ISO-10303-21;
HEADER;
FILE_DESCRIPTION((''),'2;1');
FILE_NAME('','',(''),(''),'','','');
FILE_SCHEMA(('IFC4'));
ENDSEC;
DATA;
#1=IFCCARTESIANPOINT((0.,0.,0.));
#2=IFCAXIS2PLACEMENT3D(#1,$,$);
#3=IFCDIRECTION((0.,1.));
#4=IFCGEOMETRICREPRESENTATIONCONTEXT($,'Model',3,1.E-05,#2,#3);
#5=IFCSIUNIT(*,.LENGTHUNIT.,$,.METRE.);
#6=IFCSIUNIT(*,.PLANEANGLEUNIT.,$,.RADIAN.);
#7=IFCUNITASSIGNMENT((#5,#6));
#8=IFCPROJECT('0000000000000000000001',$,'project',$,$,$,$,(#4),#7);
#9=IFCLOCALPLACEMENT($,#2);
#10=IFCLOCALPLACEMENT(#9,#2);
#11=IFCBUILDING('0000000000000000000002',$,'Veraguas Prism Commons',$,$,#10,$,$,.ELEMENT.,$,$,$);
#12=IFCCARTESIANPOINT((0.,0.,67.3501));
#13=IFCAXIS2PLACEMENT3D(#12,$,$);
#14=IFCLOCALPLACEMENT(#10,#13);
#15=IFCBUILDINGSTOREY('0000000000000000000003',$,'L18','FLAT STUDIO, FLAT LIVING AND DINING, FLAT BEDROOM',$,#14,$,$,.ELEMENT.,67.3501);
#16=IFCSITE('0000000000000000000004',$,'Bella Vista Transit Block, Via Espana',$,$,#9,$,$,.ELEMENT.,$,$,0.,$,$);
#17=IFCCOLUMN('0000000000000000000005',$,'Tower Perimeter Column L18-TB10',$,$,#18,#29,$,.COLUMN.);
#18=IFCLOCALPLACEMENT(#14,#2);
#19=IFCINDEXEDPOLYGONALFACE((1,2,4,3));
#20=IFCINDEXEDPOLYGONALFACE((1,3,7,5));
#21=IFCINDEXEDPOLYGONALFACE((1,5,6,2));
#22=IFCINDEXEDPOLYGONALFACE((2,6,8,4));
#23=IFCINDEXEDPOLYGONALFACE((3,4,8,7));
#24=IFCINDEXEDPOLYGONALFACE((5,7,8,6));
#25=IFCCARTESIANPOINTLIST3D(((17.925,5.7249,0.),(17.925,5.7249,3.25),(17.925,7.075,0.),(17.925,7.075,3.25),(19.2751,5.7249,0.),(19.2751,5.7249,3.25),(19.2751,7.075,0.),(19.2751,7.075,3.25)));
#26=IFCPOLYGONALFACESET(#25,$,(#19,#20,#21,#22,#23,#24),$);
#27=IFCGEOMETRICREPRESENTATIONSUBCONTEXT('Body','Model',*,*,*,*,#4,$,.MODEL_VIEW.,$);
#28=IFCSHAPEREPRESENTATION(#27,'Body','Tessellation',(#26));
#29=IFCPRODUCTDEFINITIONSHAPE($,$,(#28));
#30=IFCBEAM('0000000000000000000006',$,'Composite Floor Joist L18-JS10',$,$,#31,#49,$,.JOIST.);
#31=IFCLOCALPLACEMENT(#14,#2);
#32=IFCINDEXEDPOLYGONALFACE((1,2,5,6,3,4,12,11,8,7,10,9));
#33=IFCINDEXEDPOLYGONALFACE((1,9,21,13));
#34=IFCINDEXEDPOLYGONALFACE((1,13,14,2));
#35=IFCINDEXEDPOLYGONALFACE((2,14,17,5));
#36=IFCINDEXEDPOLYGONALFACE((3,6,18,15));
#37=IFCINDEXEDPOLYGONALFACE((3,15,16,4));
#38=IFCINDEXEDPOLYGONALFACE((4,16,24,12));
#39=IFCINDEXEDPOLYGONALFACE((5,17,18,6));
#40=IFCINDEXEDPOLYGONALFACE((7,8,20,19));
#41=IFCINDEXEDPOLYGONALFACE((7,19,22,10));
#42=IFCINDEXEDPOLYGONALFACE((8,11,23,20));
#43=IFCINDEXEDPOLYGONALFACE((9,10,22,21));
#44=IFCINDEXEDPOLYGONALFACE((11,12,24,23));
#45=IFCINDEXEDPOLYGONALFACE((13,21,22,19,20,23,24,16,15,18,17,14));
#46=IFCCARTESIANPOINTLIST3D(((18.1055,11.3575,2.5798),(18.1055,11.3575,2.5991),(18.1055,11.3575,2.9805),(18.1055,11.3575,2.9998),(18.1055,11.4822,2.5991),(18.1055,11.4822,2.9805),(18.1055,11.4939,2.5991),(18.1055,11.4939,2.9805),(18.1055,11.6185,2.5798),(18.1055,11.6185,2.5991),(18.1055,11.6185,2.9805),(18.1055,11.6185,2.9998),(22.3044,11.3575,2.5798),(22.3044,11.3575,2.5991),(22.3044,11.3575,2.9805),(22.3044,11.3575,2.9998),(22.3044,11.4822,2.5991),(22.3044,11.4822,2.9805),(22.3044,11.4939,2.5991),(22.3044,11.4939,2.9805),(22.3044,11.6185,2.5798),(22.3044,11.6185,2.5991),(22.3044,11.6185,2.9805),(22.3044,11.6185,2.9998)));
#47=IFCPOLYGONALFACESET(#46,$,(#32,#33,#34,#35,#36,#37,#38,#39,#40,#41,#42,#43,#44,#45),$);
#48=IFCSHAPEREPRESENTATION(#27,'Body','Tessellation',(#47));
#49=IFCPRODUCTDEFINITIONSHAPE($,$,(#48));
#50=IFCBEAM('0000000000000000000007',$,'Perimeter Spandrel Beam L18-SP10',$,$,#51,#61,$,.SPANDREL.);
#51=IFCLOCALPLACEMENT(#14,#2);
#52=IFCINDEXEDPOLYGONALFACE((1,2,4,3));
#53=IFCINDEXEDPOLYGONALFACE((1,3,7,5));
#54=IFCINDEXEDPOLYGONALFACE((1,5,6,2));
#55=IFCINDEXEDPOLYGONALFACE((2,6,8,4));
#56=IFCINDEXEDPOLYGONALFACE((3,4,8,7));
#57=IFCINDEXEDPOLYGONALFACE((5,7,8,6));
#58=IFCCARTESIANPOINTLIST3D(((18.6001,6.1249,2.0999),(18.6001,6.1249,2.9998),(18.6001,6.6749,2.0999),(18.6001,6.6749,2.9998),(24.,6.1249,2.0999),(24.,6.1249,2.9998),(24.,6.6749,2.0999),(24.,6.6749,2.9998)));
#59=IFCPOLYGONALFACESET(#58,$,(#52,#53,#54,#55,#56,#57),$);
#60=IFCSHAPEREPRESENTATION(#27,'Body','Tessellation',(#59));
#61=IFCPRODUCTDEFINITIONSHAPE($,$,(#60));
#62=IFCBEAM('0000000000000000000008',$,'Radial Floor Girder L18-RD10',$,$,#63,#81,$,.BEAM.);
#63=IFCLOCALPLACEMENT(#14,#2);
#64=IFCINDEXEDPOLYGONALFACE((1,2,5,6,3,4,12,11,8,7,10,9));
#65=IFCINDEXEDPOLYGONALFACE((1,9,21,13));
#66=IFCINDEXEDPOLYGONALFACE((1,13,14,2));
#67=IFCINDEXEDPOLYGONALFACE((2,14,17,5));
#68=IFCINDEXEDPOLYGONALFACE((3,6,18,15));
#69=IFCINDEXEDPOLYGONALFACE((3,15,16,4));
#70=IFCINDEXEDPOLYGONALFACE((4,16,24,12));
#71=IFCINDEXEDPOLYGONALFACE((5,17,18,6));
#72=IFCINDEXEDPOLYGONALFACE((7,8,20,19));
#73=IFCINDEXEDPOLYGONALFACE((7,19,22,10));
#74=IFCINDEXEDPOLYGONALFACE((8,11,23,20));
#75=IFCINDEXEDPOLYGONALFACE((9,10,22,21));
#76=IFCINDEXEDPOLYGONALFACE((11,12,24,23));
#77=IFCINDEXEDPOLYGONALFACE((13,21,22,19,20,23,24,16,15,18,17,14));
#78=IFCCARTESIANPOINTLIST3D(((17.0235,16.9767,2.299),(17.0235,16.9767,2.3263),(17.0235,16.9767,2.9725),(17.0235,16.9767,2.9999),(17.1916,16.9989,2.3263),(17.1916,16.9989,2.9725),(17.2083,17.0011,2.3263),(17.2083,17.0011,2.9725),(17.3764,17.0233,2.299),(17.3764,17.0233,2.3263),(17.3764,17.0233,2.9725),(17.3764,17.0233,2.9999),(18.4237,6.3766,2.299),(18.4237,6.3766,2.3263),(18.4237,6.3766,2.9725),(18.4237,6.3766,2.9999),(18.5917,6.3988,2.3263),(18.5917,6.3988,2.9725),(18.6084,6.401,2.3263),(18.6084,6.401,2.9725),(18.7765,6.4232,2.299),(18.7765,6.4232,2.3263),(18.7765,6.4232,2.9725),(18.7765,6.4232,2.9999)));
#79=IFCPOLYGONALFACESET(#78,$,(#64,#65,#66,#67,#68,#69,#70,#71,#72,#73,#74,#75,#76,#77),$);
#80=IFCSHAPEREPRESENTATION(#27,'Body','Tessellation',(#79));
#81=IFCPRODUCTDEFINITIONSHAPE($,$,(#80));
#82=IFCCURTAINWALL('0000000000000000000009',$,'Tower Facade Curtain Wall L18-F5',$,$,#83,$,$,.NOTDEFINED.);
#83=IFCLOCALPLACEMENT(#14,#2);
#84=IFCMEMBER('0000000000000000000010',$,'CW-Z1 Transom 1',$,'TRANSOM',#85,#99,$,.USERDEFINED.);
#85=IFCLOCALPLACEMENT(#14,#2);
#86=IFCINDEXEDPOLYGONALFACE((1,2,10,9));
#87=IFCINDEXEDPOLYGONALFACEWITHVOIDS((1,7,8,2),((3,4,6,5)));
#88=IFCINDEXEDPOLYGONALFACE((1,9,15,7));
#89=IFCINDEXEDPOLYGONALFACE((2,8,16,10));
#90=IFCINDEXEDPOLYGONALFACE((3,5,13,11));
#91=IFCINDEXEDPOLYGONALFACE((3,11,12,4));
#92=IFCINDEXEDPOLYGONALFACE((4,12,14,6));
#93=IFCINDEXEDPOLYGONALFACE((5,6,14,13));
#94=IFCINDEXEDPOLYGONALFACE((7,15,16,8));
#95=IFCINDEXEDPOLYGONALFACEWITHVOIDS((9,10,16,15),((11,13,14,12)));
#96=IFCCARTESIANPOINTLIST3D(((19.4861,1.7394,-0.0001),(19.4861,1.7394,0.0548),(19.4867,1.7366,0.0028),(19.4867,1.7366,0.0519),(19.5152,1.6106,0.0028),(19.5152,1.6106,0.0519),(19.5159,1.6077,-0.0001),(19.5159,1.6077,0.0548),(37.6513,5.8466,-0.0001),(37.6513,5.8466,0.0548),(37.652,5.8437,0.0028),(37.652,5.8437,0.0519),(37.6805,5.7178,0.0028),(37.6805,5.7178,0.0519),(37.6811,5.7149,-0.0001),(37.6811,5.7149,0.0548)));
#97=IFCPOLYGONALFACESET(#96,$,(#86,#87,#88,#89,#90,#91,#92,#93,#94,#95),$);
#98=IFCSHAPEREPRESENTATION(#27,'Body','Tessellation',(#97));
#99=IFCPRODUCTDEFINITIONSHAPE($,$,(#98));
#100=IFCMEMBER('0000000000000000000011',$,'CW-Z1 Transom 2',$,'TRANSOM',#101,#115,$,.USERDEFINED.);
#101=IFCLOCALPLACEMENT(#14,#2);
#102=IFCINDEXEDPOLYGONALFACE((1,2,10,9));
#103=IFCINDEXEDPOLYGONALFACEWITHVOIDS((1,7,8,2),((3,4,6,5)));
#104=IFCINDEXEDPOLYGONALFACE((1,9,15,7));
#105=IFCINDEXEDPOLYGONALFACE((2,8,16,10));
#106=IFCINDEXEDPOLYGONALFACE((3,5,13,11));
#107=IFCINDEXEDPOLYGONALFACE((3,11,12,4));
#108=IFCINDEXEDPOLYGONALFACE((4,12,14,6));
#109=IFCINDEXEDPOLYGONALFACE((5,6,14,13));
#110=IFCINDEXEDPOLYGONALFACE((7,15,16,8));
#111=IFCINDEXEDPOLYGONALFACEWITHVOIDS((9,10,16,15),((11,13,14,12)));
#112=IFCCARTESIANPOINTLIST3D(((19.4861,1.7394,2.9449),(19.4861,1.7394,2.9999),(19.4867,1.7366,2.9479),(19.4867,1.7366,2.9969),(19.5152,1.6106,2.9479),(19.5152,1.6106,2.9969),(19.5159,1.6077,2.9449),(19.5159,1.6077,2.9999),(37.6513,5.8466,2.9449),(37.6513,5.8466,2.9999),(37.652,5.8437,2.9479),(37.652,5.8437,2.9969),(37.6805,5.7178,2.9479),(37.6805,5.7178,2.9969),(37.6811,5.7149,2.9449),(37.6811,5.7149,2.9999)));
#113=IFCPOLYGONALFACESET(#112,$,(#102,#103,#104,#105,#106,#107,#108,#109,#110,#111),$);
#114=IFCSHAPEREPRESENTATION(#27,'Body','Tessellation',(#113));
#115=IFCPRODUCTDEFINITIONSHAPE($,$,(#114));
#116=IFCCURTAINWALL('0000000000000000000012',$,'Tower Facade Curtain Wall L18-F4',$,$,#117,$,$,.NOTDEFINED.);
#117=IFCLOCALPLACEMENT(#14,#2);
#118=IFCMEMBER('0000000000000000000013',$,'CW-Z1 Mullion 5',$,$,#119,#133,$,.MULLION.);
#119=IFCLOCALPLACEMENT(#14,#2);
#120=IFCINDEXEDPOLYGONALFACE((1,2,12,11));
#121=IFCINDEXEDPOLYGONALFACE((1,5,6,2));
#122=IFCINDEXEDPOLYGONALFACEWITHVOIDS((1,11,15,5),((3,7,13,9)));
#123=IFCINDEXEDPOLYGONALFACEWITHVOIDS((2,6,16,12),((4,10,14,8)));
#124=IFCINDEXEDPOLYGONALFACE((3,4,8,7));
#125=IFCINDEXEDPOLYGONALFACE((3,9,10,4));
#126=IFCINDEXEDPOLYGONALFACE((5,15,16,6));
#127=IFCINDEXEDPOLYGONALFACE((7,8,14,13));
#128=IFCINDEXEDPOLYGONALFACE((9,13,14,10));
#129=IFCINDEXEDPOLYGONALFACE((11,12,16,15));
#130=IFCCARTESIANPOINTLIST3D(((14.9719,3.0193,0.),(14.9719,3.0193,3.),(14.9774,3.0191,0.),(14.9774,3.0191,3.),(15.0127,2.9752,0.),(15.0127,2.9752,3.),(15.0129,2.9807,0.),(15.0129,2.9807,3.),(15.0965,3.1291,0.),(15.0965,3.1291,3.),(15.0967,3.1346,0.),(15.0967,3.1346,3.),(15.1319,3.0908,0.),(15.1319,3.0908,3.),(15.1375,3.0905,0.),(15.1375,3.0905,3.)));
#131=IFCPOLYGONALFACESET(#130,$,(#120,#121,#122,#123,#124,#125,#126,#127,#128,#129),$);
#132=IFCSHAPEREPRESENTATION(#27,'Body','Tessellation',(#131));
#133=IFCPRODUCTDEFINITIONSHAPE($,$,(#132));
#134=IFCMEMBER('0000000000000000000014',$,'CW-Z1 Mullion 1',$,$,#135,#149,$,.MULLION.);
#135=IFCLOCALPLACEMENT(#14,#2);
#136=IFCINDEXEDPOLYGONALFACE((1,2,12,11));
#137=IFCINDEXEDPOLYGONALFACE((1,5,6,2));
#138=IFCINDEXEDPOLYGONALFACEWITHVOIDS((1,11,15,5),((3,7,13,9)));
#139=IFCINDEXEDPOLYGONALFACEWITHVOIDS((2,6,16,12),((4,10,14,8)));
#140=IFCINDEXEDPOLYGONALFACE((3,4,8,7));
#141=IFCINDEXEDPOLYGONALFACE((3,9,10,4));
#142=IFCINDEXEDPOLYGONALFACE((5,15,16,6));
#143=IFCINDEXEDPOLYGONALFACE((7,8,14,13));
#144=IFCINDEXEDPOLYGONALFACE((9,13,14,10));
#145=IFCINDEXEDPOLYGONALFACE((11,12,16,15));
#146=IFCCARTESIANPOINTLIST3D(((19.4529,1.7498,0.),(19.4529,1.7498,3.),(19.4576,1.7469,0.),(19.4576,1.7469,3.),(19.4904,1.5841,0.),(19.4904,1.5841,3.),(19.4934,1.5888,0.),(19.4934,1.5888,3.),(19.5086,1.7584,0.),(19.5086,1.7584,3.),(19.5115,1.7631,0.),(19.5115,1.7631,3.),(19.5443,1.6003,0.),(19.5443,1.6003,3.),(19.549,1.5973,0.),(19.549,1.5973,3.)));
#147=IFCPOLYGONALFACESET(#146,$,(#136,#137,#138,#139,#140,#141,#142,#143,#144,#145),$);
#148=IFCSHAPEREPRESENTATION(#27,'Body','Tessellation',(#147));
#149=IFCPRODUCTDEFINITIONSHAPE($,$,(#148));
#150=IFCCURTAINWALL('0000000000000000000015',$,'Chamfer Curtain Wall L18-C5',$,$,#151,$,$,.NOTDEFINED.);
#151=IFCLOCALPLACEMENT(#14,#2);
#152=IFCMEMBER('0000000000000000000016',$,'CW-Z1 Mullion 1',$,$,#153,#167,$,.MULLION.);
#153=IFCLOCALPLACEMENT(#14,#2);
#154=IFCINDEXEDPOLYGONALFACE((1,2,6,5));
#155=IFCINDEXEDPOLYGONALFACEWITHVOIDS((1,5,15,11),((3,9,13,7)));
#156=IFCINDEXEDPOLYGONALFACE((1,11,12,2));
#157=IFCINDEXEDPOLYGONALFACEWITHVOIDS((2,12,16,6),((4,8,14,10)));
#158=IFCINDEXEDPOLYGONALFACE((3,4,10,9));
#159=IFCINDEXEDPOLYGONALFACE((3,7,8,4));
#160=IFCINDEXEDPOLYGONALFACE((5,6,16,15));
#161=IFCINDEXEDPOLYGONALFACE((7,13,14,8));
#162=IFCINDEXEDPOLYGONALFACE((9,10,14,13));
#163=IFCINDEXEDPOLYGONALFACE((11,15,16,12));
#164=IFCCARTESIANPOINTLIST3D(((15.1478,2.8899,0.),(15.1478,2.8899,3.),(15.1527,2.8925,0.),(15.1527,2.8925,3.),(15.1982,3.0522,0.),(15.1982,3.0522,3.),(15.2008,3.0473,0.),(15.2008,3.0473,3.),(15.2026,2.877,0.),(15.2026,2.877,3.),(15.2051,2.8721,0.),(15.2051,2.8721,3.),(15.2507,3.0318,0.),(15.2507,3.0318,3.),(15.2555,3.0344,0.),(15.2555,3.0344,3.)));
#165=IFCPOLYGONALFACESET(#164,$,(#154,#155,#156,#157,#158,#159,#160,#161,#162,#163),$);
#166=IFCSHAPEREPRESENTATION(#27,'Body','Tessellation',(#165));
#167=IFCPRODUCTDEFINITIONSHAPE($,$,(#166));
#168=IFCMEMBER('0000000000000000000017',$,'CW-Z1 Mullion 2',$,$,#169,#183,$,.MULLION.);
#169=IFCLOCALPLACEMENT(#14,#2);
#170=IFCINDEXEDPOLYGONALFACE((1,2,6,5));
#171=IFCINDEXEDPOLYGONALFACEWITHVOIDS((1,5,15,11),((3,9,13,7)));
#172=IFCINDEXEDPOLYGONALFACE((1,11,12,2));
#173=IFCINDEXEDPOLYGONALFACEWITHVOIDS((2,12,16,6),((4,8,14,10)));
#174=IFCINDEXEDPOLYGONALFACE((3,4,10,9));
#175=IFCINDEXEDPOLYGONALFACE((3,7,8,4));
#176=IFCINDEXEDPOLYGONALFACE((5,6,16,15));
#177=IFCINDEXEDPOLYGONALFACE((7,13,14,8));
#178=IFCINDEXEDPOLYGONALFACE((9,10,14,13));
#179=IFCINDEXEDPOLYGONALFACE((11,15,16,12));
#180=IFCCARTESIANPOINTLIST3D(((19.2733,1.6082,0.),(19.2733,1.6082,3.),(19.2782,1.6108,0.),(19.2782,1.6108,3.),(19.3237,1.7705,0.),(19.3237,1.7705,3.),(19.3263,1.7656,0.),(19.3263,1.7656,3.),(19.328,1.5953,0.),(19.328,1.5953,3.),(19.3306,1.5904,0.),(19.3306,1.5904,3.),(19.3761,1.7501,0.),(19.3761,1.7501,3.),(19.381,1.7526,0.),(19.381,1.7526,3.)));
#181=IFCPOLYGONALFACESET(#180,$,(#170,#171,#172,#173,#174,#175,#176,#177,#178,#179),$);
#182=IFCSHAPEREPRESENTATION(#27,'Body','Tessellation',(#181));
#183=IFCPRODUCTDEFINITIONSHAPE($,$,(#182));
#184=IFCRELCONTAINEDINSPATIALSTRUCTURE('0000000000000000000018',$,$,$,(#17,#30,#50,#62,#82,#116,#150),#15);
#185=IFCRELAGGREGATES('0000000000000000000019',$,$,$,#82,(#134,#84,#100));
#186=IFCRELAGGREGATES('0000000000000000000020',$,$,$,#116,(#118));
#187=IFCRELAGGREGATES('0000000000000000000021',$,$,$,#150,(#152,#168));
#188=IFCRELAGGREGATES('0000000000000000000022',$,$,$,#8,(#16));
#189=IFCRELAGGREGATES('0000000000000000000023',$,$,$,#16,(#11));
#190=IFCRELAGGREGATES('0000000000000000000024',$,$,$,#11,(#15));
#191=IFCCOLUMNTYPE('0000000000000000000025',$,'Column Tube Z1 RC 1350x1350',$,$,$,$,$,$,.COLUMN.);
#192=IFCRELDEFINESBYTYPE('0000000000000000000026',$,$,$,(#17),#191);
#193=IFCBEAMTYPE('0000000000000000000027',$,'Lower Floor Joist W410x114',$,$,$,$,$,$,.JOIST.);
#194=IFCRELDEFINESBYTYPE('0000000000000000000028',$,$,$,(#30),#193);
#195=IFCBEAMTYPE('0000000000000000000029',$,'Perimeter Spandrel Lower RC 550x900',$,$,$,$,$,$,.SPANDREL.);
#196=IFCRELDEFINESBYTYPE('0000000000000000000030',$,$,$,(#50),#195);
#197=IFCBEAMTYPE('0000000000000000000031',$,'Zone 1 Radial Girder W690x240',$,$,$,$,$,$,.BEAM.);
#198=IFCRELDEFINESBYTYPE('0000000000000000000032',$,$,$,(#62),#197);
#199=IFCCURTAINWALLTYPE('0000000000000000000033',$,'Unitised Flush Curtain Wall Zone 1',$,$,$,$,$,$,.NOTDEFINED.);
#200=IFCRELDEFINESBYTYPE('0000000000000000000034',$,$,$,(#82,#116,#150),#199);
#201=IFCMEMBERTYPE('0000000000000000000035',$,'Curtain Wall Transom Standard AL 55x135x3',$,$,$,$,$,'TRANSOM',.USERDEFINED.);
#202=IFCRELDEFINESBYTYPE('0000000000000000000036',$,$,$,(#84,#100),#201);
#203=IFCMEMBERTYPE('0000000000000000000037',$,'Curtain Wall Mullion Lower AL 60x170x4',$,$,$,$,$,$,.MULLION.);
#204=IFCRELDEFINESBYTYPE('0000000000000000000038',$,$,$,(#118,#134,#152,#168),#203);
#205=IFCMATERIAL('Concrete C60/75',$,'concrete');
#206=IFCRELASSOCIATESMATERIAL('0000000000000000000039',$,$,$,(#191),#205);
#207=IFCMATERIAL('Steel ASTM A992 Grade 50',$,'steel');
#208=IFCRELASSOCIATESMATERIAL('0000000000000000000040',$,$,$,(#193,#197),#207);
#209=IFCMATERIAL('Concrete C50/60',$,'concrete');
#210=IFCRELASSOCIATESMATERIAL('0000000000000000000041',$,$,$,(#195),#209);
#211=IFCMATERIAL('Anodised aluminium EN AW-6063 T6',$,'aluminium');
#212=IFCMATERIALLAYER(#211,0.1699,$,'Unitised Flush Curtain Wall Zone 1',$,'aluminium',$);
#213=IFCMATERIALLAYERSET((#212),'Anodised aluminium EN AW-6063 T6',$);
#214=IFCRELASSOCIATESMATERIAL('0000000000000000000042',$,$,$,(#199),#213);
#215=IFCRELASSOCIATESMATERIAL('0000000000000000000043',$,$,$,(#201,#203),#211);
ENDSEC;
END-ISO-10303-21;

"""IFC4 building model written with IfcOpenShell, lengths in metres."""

from ifc_helpers import new_model, si_unit, direction, frame, origin, origin_2d, place, context, subcontext, project, spatial, rectangle, hollow_rectangle, i_section, extrude, source, transform, mapped, material, layer, layer_set, material_profile, profile_set, type_object, element, aggregate, save


model = new_model("IFC4")

# Units and contexts
model_context = context("Model", 3, precision=1e-05, world=origin(), true_north=direction((0.0, 1.0)))
body_context = subcontext(model_context, "Body", "Model", "MODEL_VIEW")
ifc_project = project(units=[si_unit("LENGTHUNIT", "METRE"), si_unit("PLANEANGLEUNIT", "RADIAN")], contexts=[model_context])

# Site, building, storey
site_placement = place(None, origin())
site = spatial("IfcSite", under=ifc_project, at=site_placement, Name="Bella Vista Transit Block, Via Espana", CompositionType="ELEMENT", RefElevation=0.0)
building_placement = place(site_placement, origin())
building = spatial("IfcBuilding", under=site, at=building_placement, Name="Veraguas Prism Commons", CompositionType="ELEMENT")
storey_placement = place(building_placement, frame((0.0, 0.0, 67.3501)))
storey = spatial("IfcBuildingStorey", under=building, at=storey_placement, Name="L18", Description="FLAT STUDIO, FLAT LIVING AND DINING, FLAT BEDROOM", CompositionType="ELEMENT", Elevation=67.3501)

# Column
ifc_material_1 = material(Name="Concrete C60/75", Category="concrete")
ifc_material_profile_1 = material_profile(ifc_material_1, rectangle(XDim=1.3501, YDim=1.3501, at=origin_2d()), Name="RC1350X1350")
ifc_profile_set_1 = profile_set([ifc_material_profile_1], Name="Concrete C60/75")
column_type = type_object("IfcColumnType", Name="Column Tube Z1 RC 1350x1350", PredefinedType="COLUMN", material=ifc_profile_set_1)
column_placement = place(storey_placement, frame((18.6001, 6.3999, 0.0), z_axis=(0.0, 0.0, 1.0), x_axis=(1.0, 0.0, 0.0)))
element("IfcColumn", 1, at=column_placement, inside=storey, type_object=column_type, Name="Tower Perimeter Column L18-TB10", PredefinedType="COLUMN", context=body_context, shape_type="SweptSolid", body=[
    extrude(rectangle(XDim=1.3501, YDim=1.3501, at=origin_2d()), origin(), (0.0, 0.0, 1.0), 3.25),
])

# Beams
ifc_material_2 = material(Name="Steel ASTM A992 Grade 50", Category="steel")
ifc_material_profile_2 = material_profile(ifc_material_2, i_section(OverallWidth=0.261, OverallDepth=0.4199, WebThickness=0.0117, FlangeThickness=0.0193, at=origin_2d()), Name="W410X114")
ifc_profile_set_2 = profile_set([ifc_material_profile_2], Name="Steel ASTM A992 Grade 50")
beam_type_1 = type_object("IfcBeamType", Name="Lower Floor Joist W410x114", PredefinedType="JOIST", material=ifc_profile_set_2)
beam_1_placement = place(storey_placement, frame((18.1055, 11.488, 2.7898), z_axis=(1.0, 0.0, 0.0), x_axis=(0.0, 1.0, 0.0)))
element("IfcBeam", 2, at=beam_1_placement, inside=storey, type_object=beam_type_1, Name="Composite Floor Joist L18-JS10", PredefinedType="JOIST", context=body_context, shape_type="SweptSolid", body=[
    extrude(i_section(OverallWidth=0.261, OverallDepth=0.4199, WebThickness=0.0117, FlangeThickness=0.0193, at=origin_2d()), origin(), (0.0, 0.0, 1.0), 4.199),
])
ifc_material_3 = material(Name="Concrete C50/60", Category="concrete")
ifc_material_profile_3 = material_profile(ifc_material_3, rectangle(XDim=0.55, YDim=0.8999, at=origin_2d()), Name="RC550X900")
ifc_profile_set_3 = profile_set([ifc_material_profile_3], Name="Concrete C50/60")
beam_type_2 = type_object("IfcBeamType", Name="Perimeter Spandrel Lower RC 550x900", PredefinedType="SPANDREL", material=ifc_profile_set_3)
beam_2_placement = place(storey_placement, frame((18.6001, 6.3999, 2.5498), z_axis=(1.0, 0.0, 0.0), x_axis=(0.0, 1.0, 0.0)))
element("IfcBeam", 3, at=beam_2_placement, inside=storey, type_object=beam_type_2, Name="Perimeter Spandrel Beam L18-SP10", PredefinedType="SPANDREL", context=body_context, shape_type="SweptSolid", body=[
    extrude(rectangle(XDim=0.55, YDim=0.8999, at=origin_2d()), origin(), (0.0, 0.0, 1.0), 5.3999),
])
ifc_material_profile_4 = material_profile(ifc_material_2, i_section(OverallWidth=0.356, OverallDepth=0.7009, WebThickness=0.0168, FlangeThickness=0.0273, at=origin_2d()), Name="W690X240")
ifc_profile_set_4 = profile_set([ifc_material_profile_4], Name="Steel ASTM A992 Grade 50")
beam_type_3 = type_object("IfcBeamType", Name="Zone 1 Radial Girder W690x240", PredefinedType="BEAM", material=ifc_profile_set_4)
beam_3_placement = place(storey_placement, frame((18.6001, 6.3999, 2.6494), z_axis=(-0.130951, 0.991389, 0.0), x_axis=(-0.991389, -0.130951, 0.0)))
element("IfcBeam", 4, at=beam_3_placement, inside=storey, type_object=beam_type_3, Name="Radial Floor Girder L18-RD10", PredefinedType="BEAM", context=body_context, shape_type="SweptSolid", body=[
    extrude(i_section(OverallWidth=0.356, OverallDepth=0.7009, WebThickness=0.0168, FlangeThickness=0.0273, at=origin_2d()), origin(), (0.0, 0.0, 1.0), 10.6921),
])

# Curtain wall, members
ifc_material_4 = material(Name="Anodised aluminium EN AW-6063 T6", Category="aluminium")
ifc_layer_1 = layer(ifc_material_4, 0.1699, Name="Unitised Flush Curtain Wall Zone 1", Category="aluminium")
ifc_layer_set_1 = layer_set([ifc_layer_1], Name="Anodised aluminium EN AW-6063 T6")
curtain_wall_type = type_object("IfcCurtainWallType", Name="Unitised Flush Curtain Wall Zone 1", PredefinedType="NOTDEFINED", material=ifc_layer_set_1)
curtain_wall_1_placement = place(storey_placement, origin())
curtain_wall_1 = element("IfcCurtainWall", 5, at=curtain_wall_1_placement, inside=storey, type_object=curtain_wall_type, Name="Tower Facade Curtain Wall L18-F5", PredefinedType="NOTDEFINED")
ifc_material_profile_5 = material_profile(ifc_material_4, hollow_rectangle(XDim=0.0549, YDim=0.135, WallThickness=0.0029, at=origin_2d()), Name="AL55X135X3")
ifc_profile_set_5 = profile_set([ifc_material_profile_5], Name="Anodised aluminium EN AW-6063 T6")
member_type_1 = type_object("IfcMemberType", Name="Curtain Wall Transom Standard AL 55x135x3", ElementType="TRANSOM", PredefinedType="USERDEFINED", material=ifc_profile_set_5)
shared_shape_1 = source(origin(), body_context, "Body", "SweptSolid", [
    extrude(hollow_rectangle(XDim=0.0549, YDim=0.135, WallThickness=0.0029, at=origin_2d()), origin(), (0.0, 0.0, 1.0), 18.6238),
])
member_1_placement = place(storey_placement, frame((19.501, 1.6736, 0.0273), z_axis=(0.975379, 0.220534, 0.0), x_axis=(0.0, 0.0, 1.0)))
member_1 = element("IfcMember", 6, at=member_1_placement, type_object=member_type_1, Name="CW-Z1 Transom 1", ObjectType="TRANSOM", PredefinedType="USERDEFINED", context=body_context, shape_type="MappedRepresentation", body=[
    mapped(shared_shape_1, transform((0.0, 0.0, 0.0), scale=1.0)),
])
member_2_placement = place(storey_placement, frame((19.501, 1.6736, 2.9724), z_axis=(0.975379, 0.220534, 0.0), x_axis=(0.0, 0.0, 1.0)))
member_2 = element("IfcMember", 7, at=member_2_placement, type_object=member_type_1, Name="CW-Z1 Transom 2", ObjectType="TRANSOM", PredefinedType="USERDEFINED", context=body_context, shape_type="MappedRepresentation", body=[
    mapped(shared_shape_1, transform((0.0, 0.0, 0.0), scale=1.0)),
])

# Curtain wall, member
curtain_wall_2_placement = place(storey_placement, origin())
curtain_wall_2 = element("IfcCurtainWall", 8, at=curtain_wall_2_placement, inside=storey, type_object=curtain_wall_type, Name="Tower Facade Curtain Wall L18-F4", PredefinedType="NOTDEFINED")
ifc_material_profile_6 = material_profile(ifc_material_4, hollow_rectangle(XDim=0.0601, YDim=0.1699, WallThickness=0.0039, at=origin_2d()), Name="AL60X170X4")
ifc_profile_set_6 = profile_set([ifc_material_profile_6], Name="Anodised aluminium EN AW-6063 T6")
member_type_2 = type_object("IfcMemberType", Name="Curtain Wall Mullion Lower AL 60x170x4", PredefinedType="MULLION", material=ifc_profile_set_6)
shared_shape_2 = source(origin(), body_context, "Body", "SweptSolid", [
    extrude(hollow_rectangle(XDim=0.0601, YDim=0.1699, WallThickness=0.0039, at=origin_2d()), origin(), (0.0, 0.0, 1.0), 3.0),
])
member_3_placement = place(storey_placement, frame((15.0547, 3.0549, 0.0), z_axis=(0.0, 0.0, 1.0), x_axis=(0.678678, -0.734436, 0.0)))
member_3 = element("IfcMember", 9, at=member_3_placement, type_object=member_type_2, Name="CW-Z1 Mullion 5", PredefinedType="MULLION", context=body_context, shape_type="MappedRepresentation", body=[
    mapped(shared_shape_2, transform((0.0, 0.0, 0.0), scale=1.0)),
])

# Member
member_4_placement = place(storey_placement, frame((19.501, 1.6736, 0.0), z_axis=(0.0, 0.0, 1.0), x_axis=(0.97538, 0.220532, 0.0)))
member_4 = element("IfcMember", 10, at=member_4_placement, type_object=member_type_2, Name="CW-Z1 Mullion 1", PredefinedType="MULLION", context=body_context, shape_type="MappedRepresentation", body=[
    mapped(shared_shape_2, transform((0.0, 0.0, 0.0), scale=1.0)),
])
aggregate(curtain_wall_1, [member_4, member_1, member_2])

# Curtain wall, members
curtain_wall_3_placement = place(storey_placement, origin())
curtain_wall_3 = element("IfcCurtainWall", 11, at=curtain_wall_3_placement, inside=storey, type_object=curtain_wall_type, Name="Chamfer Curtain Wall L18-C5", PredefinedType="NOTDEFINED")
member_5_placement = place(storey_placement, frame((15.2017, 2.9622, 0.0), z_axis=(0.0, 0.0, 1.0), x_axis=(0.954966, -0.296717, 0.0)))
member_5 = element("IfcMember", 12, at=member_5_placement, type_object=member_type_2, Name="CW-Z1 Mullion 1", PredefinedType="MULLION", context=body_context, shape_type="MappedRepresentation", body=[
    mapped(shared_shape_2, transform((0.0, 0.0, 0.0), scale=1.0)),
])
member_6_placement = place(storey_placement, frame((19.3271, 1.6804, 0.0), z_axis=(0.0, 0.0, 1.0), x_axis=(0.954966, -0.296717, 0.0)))
member_6 = element("IfcMember", 13, at=member_6_placement, type_object=member_type_2, Name="CW-Z1 Mullion 2", PredefinedType="MULLION", context=body_context, shape_type="MappedRepresentation", body=[
    mapped(shared_shape_2, transform((0.0, 0.0, 0.0), scale=1.0)),
])

aggregate(curtain_wall_2, [member_3])
aggregate(curtain_wall_3, [member_5, member_6])

save(model, "model.ifc")
